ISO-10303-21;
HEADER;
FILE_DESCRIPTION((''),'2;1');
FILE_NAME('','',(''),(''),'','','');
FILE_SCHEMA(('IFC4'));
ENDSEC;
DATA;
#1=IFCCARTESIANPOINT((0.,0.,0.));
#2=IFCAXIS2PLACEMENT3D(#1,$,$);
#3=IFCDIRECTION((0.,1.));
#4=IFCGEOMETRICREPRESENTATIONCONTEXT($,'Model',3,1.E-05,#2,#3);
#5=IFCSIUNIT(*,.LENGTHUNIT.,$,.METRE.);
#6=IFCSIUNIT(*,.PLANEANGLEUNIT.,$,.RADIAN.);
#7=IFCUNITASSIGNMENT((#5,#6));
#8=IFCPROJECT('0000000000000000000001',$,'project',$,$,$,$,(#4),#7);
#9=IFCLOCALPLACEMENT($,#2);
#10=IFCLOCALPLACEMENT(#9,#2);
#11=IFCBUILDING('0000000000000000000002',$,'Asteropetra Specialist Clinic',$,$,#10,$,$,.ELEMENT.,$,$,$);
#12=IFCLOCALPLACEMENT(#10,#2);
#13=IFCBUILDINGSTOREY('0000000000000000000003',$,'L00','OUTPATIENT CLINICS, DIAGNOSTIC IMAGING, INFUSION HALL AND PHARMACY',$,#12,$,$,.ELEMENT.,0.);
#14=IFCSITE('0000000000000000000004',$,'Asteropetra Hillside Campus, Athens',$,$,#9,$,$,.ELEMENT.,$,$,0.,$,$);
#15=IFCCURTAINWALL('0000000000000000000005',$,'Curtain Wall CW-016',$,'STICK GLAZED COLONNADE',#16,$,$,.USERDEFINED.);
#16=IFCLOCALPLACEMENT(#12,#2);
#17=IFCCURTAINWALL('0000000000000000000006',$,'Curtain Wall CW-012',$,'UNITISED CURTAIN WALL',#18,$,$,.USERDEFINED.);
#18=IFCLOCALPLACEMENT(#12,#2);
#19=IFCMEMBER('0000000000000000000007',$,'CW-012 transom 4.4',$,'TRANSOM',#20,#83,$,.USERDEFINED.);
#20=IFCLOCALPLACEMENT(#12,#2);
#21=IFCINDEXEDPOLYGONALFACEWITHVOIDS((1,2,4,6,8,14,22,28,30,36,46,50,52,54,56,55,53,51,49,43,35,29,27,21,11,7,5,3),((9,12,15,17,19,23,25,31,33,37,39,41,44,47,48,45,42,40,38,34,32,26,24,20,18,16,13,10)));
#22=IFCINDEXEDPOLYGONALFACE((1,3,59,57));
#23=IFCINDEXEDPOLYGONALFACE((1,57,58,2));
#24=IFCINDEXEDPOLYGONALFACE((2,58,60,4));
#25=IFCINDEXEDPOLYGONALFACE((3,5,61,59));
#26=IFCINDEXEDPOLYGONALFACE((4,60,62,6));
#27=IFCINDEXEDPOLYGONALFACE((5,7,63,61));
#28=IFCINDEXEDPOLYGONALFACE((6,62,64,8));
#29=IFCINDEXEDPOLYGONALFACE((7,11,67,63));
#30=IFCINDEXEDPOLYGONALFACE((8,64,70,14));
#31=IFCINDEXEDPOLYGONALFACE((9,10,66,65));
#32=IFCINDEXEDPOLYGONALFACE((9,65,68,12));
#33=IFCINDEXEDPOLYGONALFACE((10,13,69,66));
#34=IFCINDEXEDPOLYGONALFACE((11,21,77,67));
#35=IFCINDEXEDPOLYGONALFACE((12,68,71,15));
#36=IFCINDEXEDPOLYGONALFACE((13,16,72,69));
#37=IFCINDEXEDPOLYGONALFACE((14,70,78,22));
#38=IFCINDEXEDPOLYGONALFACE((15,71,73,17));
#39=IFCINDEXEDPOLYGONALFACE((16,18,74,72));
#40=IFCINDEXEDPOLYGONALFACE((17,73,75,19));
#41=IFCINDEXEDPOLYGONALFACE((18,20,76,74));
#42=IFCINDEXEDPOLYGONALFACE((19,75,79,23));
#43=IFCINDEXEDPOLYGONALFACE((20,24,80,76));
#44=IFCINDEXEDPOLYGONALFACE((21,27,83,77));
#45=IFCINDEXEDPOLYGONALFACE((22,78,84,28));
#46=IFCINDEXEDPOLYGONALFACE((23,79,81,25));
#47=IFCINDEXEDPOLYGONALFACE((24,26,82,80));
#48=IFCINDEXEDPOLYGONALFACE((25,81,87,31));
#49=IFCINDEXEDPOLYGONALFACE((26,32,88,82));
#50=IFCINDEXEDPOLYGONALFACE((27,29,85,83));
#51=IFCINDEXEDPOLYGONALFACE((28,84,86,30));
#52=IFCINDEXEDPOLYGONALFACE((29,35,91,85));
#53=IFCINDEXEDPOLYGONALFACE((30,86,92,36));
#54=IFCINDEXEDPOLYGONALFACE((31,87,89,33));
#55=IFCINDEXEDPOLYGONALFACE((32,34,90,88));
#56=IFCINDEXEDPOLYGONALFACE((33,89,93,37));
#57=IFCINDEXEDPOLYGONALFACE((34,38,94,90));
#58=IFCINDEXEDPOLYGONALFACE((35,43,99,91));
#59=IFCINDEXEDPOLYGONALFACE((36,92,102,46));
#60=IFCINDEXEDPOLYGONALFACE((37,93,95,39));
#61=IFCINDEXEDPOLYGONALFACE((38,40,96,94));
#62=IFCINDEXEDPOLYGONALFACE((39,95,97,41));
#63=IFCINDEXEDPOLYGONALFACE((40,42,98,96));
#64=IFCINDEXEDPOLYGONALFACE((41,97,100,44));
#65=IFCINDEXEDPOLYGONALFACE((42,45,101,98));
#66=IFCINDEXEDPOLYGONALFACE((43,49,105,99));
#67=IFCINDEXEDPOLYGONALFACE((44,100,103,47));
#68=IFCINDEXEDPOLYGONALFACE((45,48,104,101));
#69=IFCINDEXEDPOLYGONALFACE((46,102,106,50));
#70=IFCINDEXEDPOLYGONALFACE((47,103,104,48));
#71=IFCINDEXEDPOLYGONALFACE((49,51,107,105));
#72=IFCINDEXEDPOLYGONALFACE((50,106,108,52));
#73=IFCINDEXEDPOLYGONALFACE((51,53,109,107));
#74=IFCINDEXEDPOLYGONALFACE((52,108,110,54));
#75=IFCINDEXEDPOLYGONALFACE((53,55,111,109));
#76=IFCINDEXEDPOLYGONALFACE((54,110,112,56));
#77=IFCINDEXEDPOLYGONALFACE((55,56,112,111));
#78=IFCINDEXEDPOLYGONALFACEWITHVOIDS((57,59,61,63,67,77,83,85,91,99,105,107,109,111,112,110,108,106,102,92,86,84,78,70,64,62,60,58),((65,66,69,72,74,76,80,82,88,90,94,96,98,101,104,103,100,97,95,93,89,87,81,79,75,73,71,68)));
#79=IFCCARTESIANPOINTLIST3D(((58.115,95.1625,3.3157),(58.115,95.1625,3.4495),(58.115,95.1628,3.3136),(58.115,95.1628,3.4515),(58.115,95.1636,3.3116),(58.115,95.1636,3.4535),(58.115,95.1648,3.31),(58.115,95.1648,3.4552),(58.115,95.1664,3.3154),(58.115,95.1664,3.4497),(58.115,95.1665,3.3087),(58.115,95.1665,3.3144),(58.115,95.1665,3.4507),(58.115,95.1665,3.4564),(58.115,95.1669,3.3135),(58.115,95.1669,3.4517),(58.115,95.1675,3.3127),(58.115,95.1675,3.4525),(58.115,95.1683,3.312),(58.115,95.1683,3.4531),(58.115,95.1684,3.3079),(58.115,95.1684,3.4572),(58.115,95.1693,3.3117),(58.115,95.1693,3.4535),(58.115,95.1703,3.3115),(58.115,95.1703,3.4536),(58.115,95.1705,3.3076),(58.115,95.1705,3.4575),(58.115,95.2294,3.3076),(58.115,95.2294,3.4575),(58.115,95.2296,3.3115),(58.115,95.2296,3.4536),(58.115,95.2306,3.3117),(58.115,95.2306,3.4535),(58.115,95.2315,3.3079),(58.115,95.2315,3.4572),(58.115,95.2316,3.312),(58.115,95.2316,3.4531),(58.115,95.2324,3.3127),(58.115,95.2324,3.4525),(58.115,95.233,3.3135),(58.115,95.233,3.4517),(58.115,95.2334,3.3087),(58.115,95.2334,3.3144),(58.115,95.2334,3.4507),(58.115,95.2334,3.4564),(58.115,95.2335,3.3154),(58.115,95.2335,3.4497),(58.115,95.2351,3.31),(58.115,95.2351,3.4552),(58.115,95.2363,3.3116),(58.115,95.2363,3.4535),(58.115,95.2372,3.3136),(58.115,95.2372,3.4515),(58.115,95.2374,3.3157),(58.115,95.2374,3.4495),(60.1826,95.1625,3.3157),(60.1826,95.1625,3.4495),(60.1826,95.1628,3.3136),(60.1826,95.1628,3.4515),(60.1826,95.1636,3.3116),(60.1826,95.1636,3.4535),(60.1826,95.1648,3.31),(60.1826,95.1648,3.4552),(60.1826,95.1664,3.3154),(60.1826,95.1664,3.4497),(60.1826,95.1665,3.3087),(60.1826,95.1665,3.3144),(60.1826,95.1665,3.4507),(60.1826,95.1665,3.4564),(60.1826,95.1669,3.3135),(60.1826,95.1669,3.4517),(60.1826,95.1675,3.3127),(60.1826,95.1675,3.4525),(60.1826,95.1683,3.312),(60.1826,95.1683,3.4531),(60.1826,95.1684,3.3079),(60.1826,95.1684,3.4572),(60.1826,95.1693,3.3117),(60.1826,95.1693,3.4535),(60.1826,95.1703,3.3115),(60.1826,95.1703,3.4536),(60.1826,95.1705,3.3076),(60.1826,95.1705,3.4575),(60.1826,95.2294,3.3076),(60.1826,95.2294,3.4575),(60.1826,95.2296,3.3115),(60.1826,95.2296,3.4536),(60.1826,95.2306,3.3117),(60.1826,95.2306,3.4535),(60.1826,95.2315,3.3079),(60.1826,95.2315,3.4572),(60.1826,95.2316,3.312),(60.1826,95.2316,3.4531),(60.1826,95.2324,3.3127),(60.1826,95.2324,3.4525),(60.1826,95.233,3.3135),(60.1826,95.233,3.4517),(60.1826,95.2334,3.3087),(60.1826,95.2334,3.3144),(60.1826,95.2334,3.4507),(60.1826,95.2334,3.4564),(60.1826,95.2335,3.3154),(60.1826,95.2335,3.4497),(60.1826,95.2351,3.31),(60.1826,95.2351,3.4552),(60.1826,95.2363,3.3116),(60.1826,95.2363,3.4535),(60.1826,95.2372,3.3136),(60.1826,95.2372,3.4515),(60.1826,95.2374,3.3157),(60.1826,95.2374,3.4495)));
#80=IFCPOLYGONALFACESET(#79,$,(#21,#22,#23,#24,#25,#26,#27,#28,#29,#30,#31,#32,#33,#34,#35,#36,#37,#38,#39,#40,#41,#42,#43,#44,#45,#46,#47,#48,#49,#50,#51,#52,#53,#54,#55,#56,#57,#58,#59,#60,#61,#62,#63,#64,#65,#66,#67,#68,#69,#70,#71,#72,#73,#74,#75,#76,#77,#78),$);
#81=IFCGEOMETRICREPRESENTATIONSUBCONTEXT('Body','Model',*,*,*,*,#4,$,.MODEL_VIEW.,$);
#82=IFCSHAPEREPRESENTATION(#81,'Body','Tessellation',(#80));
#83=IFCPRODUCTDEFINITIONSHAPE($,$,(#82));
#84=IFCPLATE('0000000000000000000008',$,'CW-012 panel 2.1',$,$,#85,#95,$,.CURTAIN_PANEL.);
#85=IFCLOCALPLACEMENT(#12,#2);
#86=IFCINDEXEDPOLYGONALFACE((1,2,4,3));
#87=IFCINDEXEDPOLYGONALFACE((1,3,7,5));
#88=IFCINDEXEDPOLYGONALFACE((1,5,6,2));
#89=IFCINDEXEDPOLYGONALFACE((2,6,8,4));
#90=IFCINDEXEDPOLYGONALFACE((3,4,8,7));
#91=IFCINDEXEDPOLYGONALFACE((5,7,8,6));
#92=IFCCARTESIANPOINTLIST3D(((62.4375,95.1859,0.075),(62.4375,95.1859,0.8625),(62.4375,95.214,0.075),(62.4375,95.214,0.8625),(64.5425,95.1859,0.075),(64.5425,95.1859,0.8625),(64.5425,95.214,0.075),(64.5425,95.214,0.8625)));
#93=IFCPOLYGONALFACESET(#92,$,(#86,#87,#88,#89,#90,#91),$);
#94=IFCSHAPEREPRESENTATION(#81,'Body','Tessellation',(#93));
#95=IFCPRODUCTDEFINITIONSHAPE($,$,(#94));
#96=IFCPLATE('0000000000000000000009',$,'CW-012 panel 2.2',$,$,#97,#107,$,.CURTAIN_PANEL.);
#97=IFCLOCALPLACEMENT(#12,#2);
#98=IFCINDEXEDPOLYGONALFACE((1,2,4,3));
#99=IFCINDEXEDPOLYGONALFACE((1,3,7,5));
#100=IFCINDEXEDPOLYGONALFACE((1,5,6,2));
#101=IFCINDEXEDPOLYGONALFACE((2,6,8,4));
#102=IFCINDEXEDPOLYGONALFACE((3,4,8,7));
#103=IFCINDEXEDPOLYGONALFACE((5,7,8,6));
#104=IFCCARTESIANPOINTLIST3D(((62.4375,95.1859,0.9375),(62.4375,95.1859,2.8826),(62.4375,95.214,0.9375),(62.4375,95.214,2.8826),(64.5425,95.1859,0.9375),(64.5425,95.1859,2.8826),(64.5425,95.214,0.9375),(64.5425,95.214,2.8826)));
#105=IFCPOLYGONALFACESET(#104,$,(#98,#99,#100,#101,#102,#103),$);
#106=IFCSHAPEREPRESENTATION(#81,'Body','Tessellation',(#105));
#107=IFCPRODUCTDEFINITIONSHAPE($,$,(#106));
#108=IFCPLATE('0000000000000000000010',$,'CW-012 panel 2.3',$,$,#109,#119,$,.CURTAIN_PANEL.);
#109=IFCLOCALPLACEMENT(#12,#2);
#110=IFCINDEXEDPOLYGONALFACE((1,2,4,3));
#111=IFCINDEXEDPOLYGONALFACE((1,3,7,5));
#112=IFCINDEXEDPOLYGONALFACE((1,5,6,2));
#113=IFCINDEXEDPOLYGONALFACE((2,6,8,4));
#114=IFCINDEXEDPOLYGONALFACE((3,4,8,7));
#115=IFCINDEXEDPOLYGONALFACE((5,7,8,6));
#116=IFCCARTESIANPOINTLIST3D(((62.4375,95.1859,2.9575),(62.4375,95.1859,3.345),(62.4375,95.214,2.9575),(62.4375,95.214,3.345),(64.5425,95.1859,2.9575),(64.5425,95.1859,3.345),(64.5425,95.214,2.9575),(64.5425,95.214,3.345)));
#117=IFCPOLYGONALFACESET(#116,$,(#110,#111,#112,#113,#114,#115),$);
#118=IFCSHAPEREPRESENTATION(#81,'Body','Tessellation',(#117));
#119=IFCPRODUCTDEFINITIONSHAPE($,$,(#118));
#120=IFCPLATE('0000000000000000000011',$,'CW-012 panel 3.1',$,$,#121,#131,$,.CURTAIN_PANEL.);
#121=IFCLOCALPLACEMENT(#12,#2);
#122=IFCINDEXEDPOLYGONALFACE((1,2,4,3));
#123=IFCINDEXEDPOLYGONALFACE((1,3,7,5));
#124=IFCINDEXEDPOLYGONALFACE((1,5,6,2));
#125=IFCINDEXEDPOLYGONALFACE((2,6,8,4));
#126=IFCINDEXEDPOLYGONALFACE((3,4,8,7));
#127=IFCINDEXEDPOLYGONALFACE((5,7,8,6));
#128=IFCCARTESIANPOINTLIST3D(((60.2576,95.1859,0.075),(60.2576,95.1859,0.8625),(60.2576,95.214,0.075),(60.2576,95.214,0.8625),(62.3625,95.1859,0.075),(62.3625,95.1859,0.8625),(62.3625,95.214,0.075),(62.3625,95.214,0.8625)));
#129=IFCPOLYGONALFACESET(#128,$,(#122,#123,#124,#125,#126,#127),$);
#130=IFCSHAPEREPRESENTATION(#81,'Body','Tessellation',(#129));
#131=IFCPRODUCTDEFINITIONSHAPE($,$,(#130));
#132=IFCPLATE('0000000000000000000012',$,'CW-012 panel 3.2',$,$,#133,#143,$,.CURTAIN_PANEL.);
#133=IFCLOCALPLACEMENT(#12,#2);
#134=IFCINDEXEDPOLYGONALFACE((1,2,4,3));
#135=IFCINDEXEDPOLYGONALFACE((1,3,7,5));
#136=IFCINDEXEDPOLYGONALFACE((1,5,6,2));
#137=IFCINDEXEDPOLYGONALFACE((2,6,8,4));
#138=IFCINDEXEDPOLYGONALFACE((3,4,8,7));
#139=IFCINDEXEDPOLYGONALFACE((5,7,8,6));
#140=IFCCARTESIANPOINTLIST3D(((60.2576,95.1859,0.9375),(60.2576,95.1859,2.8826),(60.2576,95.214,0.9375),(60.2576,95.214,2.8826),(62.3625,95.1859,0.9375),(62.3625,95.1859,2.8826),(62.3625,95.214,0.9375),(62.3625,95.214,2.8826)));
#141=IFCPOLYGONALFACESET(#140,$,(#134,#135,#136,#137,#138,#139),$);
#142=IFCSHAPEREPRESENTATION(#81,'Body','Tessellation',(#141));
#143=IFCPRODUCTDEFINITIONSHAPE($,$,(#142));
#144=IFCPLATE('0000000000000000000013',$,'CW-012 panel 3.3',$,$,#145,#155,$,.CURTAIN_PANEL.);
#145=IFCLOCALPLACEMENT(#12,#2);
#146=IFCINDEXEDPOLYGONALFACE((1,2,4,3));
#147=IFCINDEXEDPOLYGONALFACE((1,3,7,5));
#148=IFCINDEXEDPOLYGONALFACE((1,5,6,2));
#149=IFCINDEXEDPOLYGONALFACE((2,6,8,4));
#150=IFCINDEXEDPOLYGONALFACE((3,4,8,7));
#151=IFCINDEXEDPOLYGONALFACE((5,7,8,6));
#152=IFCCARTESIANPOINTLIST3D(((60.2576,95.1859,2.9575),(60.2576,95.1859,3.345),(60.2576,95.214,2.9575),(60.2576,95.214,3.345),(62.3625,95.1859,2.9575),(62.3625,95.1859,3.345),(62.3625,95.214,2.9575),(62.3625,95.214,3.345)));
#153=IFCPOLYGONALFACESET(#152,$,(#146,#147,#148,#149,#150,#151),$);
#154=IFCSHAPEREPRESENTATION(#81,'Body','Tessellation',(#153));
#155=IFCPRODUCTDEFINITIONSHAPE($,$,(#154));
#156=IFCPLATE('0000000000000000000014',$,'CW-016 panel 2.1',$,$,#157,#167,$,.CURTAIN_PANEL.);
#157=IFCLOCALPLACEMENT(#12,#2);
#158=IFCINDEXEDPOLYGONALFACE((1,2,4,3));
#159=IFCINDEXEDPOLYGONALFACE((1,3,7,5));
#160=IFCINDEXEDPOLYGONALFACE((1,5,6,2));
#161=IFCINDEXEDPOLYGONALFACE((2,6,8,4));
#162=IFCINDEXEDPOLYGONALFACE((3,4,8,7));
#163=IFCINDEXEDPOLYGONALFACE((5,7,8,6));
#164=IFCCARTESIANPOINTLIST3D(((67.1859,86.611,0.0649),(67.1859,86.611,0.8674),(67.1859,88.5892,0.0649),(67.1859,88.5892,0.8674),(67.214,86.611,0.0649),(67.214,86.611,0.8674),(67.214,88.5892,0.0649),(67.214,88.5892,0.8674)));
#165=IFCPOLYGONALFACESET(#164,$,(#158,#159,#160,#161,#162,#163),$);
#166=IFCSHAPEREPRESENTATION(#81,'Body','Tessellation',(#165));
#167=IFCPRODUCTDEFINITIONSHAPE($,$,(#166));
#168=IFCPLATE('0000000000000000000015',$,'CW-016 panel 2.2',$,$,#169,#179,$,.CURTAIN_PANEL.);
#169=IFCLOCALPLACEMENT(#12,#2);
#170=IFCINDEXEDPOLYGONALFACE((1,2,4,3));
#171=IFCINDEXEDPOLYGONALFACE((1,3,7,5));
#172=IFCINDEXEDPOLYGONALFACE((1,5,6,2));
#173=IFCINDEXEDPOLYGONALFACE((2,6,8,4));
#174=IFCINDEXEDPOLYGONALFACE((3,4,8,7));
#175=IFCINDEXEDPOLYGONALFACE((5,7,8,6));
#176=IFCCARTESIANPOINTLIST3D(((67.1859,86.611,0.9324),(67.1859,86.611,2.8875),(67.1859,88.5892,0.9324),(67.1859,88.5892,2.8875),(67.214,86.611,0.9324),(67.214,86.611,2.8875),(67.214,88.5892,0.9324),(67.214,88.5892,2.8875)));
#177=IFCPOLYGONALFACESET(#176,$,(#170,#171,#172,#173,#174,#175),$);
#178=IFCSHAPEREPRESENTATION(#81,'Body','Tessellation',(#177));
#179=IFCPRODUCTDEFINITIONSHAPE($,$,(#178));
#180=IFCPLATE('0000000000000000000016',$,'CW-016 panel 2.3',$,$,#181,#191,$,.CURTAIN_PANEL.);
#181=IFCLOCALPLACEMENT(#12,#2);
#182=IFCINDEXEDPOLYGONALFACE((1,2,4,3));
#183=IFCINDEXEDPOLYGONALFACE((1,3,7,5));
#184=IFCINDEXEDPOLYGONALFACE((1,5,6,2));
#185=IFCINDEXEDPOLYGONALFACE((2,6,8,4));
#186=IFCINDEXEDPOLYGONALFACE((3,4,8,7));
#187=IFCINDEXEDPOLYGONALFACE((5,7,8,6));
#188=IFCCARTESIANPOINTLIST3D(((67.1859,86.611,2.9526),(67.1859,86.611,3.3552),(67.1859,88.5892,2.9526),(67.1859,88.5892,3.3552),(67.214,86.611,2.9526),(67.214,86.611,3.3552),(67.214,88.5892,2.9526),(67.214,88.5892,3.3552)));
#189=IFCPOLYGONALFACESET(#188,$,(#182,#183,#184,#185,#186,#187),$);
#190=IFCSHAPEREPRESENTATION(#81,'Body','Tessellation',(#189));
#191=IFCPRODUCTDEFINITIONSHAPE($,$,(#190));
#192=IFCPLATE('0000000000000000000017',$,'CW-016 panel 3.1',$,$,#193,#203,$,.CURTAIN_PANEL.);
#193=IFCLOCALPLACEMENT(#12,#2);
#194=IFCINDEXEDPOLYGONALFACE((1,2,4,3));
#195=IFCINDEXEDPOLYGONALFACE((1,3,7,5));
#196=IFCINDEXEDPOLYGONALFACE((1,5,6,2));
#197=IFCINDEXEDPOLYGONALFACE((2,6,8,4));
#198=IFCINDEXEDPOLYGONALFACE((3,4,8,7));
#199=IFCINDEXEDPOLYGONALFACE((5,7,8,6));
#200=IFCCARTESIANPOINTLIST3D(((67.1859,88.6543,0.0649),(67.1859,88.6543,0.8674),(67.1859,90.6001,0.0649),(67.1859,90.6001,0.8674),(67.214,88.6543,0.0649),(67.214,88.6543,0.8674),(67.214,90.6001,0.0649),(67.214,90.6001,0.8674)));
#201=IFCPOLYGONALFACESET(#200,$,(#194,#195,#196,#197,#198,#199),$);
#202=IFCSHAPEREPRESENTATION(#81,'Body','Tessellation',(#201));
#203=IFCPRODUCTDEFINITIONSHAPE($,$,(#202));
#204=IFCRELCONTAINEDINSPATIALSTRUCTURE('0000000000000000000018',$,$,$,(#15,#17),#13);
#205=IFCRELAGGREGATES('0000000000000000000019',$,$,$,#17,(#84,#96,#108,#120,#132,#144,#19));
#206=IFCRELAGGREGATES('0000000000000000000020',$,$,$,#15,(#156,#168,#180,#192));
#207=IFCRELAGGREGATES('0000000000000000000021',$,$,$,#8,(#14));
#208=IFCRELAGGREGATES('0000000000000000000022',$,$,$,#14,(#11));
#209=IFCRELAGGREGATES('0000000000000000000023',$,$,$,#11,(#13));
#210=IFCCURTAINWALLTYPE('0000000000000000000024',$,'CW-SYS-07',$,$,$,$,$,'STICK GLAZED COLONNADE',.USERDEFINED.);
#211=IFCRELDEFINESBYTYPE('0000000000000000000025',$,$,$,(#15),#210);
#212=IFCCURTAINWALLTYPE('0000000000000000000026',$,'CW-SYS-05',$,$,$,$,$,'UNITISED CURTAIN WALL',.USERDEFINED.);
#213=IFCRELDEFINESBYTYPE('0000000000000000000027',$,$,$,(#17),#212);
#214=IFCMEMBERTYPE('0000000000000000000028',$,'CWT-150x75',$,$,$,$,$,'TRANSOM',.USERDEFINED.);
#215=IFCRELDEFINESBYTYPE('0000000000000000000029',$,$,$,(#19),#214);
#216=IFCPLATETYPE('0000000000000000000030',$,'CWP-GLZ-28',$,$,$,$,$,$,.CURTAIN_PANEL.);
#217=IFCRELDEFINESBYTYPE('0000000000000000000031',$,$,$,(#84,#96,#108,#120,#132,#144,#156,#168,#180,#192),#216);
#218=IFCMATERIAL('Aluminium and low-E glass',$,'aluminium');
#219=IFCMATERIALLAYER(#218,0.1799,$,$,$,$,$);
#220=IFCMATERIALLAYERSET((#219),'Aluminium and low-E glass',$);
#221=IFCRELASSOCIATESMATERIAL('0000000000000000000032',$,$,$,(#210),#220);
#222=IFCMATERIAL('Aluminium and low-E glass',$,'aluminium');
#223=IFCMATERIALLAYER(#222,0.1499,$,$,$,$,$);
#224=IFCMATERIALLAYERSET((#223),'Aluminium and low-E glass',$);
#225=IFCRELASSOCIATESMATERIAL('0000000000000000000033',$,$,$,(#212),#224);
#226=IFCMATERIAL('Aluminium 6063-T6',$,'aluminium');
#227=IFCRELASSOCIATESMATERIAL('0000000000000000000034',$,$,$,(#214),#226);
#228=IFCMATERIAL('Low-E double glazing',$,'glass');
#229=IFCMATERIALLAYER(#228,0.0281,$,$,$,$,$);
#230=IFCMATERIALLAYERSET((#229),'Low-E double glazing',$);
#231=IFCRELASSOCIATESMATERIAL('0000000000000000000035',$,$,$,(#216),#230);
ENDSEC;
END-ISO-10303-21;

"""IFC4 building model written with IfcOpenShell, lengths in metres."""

from ifc_helpers import new_model, si_unit, direction, frame, origin, origin_2d, place, context, subcontext, project, spatial, rectangle, hollow_rectangle, extrude, material, layer, layer_set, material_profile, profile_set, type_object, element, aggregate, save


model = new_model("IFC4")

# Units and contexts
model_context = context("Model", 3, precision=1e-05, world=origin(), true_north=direction((0.0, 1.0)))
body_context = subcontext(model_context, "Body", "Model", "MODEL_VIEW")
ifc_project = project(units=[si_unit("LENGTHUNIT", "METRE"), si_unit("PLANEANGLEUNIT", "RADIAN")], contexts=[model_context])

# Site, building, storey
site_placement = place(None, origin())
site = spatial("IfcSite", under=ifc_project, at=site_placement, Name="Asteropetra Hillside Campus, Athens", CompositionType="ELEMENT", RefElevation=0.0)
building_placement = place(site_placement, origin())
building = spatial("IfcBuilding", under=site, at=building_placement, Name="Asteropetra Specialist Clinic", CompositionType="ELEMENT")
storey_placement = place(building_placement, origin())
storey = spatial("IfcBuildingStorey", under=building, at=storey_placement, Name="L00", Description="OUTPATIENT CLINICS, DIAGNOSTIC IMAGING, INFUSION HALL AND PHARMACY", CompositionType="ELEMENT", Elevation=0.0)

# Curtain walls
ifc_material_1 = material(Name="Aluminium and low-E glass", Category="aluminium")
ifc_layer_1 = layer(ifc_material_1, 0.1799)
ifc_layer_set_1 = layer_set([ifc_layer_1], Name="Aluminium and low-E glass")
curtain_wall_type_1 = type_object("IfcCurtainWallType", Name="CW-SYS-07", ElementType="STICK GLAZED COLONNADE", PredefinedType="USERDEFINED", material=ifc_layer_set_1)
curtain_wall_1_placement = place(storey_placement, origin())
curtain_wall_1 = element("IfcCurtainWall", 1, at=curtain_wall_1_placement, inside=storey, type_object=curtain_wall_type_1, Name="Curtain Wall CW-016", ObjectType="STICK GLAZED COLONNADE", PredefinedType="USERDEFINED")
ifc_material_2 = material(Name="Aluminium and low-E glass", Category="aluminium")
ifc_layer_2 = layer(ifc_material_2, 0.1499)
ifc_layer_set_2 = layer_set([ifc_layer_2], Name="Aluminium and low-E glass")
curtain_wall_type_2 = type_object("IfcCurtainWallType", Name="CW-SYS-05", ElementType="UNITISED CURTAIN WALL", PredefinedType="USERDEFINED", material=ifc_layer_set_2)
curtain_wall_2_placement = place(storey_placement, origin())
curtain_wall_2 = element("IfcCurtainWall", 2, at=curtain_wall_2_placement, inside=storey, type_object=curtain_wall_type_2, Name="Curtain Wall CW-012", ObjectType="UNITISED CURTAIN WALL", PredefinedType="USERDEFINED")

# Member
ifc_material_3 = material(Name="Aluminium 6063-T6", Category="aluminium")
ifc_material_profile_1 = material_profile(ifc_material_3, hollow_rectangle(XDim=0.075, YDim=0.1499, WallThickness=0.0039, InnerFilletRadius=0.0039, OuterFilletRadius=0.0081, at=origin_2d()), Name="TRN 150x75x4.0")
ifc_profile_set_1 = profile_set([ifc_material_profile_1], Name="Aluminium 6063-T6")
member_type_1 = type_object("IfcMemberType", Name="CWT-150x75", ElementType="TRANSOM", PredefinedType="USERDEFINED", material=ifc_profile_set_1)
member_1_placement = place(storey_placement, frame((60.1826, 95.2, 3.3826), z_axis=(-1.0, 0.0, 0.0), x_axis=(0.0, -1.0, 0.0)))
member_1 = element("IfcMember", 3, at=member_1_placement, type_object=member_type_1, Name="CW-012 transom 4.4", ObjectType="TRANSOM", PredefinedType="USERDEFINED", context=body_context, shape_type="SweptSolid", body=[
    extrude(hollow_rectangle(XDim=0.075, YDim=0.1499, WallThickness=0.0039, InnerFilletRadius=0.0039, OuterFilletRadius=0.0081, at=origin_2d()), origin(), (0.0, 0.0, 1.0), 2.0676),
])

# Plates
ifc_material_4 = material(Name="Low-E double glazing", Category="glass")
ifc_layer_3 = layer(ifc_material_4, 0.0281)
ifc_layer_set_3 = layer_set([ifc_layer_3], Name="Low-E double glazing")
plate_type = type_object("IfcPlateType", Name="CWP-GLZ-28", PredefinedType="CURTAIN_PANEL", material=ifc_layer_set_3)
plate_1_placement = place(storey_placement, frame((63.49, 95.2, 0.075), z_axis=(0.0, 0.0, 1.0), x_axis=(-1.0, 0.0, 0.0)))
plate_1 = element("IfcPlate", 4, at=plate_1_placement, type_object=plate_type, Name="CW-012 panel 2.1", PredefinedType="CURTAIN_PANEL", context=body_context, shape_type="SweptSolid", body=[
    extrude(rectangle(XDim=2.105, YDim=0.0281, at=origin_2d()), origin(), (0.0, 0.0, 1.0), 0.7876),
])
plate_2_placement = place(storey_placement, frame((63.49, 95.2, 0.9375), z_axis=(0.0, 0.0, 1.0), x_axis=(-1.0, 0.0, 0.0)))
plate_2 = element("IfcPlate", 5, at=plate_2_placement, type_object=plate_type, Name="CW-012 panel 2.2", PredefinedType="CURTAIN_PANEL", context=body_context, shape_type="SweptSolid", body=[
    extrude(rectangle(XDim=2.105, YDim=0.0281, at=origin_2d()), origin(), (0.0, 0.0, 1.0), 1.9451),
])
plate_3_placement = place(storey_placement, frame((63.49, 95.2, 2.9575), z_axis=(0.0, 0.0, 1.0), x_axis=(-1.0, 0.0, 0.0)))
plate_3 = element("IfcPlate", 6, at=plate_3_placement, type_object=plate_type, Name="CW-012 panel 2.3", PredefinedType="CURTAIN_PANEL", context=body_context, shape_type="SweptSolid", body=[
    extrude(rectangle(XDim=2.105, YDim=0.0281, at=origin_2d()), origin(), (0.0, 0.0, 1.0), 0.3875),
])
plate_4_placement = place(storey_placement, frame((61.3101, 95.2, 0.075), z_axis=(0.0, 0.0, 1.0), x_axis=(-1.0, 0.0, 0.0)))
plate_4 = element("IfcPlate", 7, at=plate_4_placement, type_object=plate_type, Name="CW-012 panel 3.1", PredefinedType="CURTAIN_PANEL", context=body_context, shape_type="SweptSolid", body=[
    extrude(rectangle(XDim=2.105, YDim=0.0281, at=origin_2d()), origin(), (0.0, 0.0, 1.0), 0.7876),
])
plate_5_placement = place(storey_placement, frame((61.3101, 95.2, 0.9375), z_axis=(0.0, 0.0, 1.0), x_axis=(-1.0, 0.0, 0.0)))
plate_5 = element("IfcPlate", 8, at=plate_5_placement, type_object=plate_type, Name="CW-012 panel 3.2", PredefinedType="CURTAIN_PANEL", context=body_context, shape_type="SweptSolid", body=[
    extrude(rectangle(XDim=2.105, YDim=0.0281, at=origin_2d()), origin(), (0.0, 0.0, 1.0), 1.9451),
])
plate_6_placement = place(storey_placement, frame((61.3101, 95.2, 2.9575), z_axis=(0.0, 0.0, 1.0), x_axis=(-1.0, 0.0, 0.0)))
plate_6 = element("IfcPlate", 9, at=plate_6_placement, type_object=plate_type, Name="CW-012 panel 3.3", PredefinedType="CURTAIN_PANEL", context=body_context, shape_type="SweptSolid", body=[
    extrude(rectangle(XDim=2.105, YDim=0.0281, at=origin_2d()), origin(), (0.0, 0.0, 1.0), 0.3875),
])
aggregate(curtain_wall_2, [plate_1, plate_2, plate_3, plate_4, plate_5, plate_6, member_1])
plate_7_placement = place(storey_placement, frame((67.2, 87.6001, 0.0649), z_axis=(0.0, 0.0, 1.0), x_axis=(0.0, 1.0, 0.0)))
plate_7 = element("IfcPlate", 10, at=plate_7_placement, type_object=plate_type, Name="CW-016 panel 2.1", PredefinedType="CURTAIN_PANEL", context=body_context, shape_type="SweptSolid", body=[
    extrude(rectangle(XDim=1.9783, YDim=0.0281, at=origin_2d()), origin(), (0.0, 0.0, 1.0), 0.8025),
])
plate_8_placement = place(storey_placement, frame((67.2, 87.6001, 0.9324), z_axis=(0.0, 0.0, 1.0), x_axis=(0.0, 1.0, 0.0)))
plate_8 = element("IfcPlate", 11, at=plate_8_placement, type_object=plate_type, Name="CW-016 panel 2.2", PredefinedType="CURTAIN_PANEL", context=body_context, shape_type="SweptSolid", body=[
    extrude(rectangle(XDim=1.9783, YDim=0.0281, at=origin_2d()), origin(), (0.0, 0.0, 1.0), 1.9551),
])
plate_9_placement = place(storey_placement, frame((67.2, 87.6001, 2.9526), z_axis=(0.0, 0.0, 1.0), x_axis=(0.0, 1.0, 0.0)))
plate_9 = element("IfcPlate", 12, at=plate_9_placement, type_object=plate_type, Name="CW-016 panel 2.3", PredefinedType="CURTAIN_PANEL", context=body_context, shape_type="SweptSolid", body=[
    extrude(rectangle(XDim=1.9783, YDim=0.0281, at=origin_2d()), origin(), (0.0, 0.0, 1.0), 0.4026),
])
plate_10_placement = place(storey_placement, frame((67.2, 89.6272, 0.0649), z_axis=(0.0, 0.0, 1.0), x_axis=(0.0, 1.0, 0.0)))
plate_10 = element("IfcPlate", 13, at=plate_10_placement, type_object=plate_type, Name="CW-016 panel 3.1", PredefinedType="CURTAIN_PANEL", context=body_context, shape_type="SweptSolid", body=[
    extrude(rectangle(XDim=1.9458, YDim=0.0281, at=origin_2d()), origin(), (0.0, 0.0, 1.0), 0.8025),
])
aggregate(curtain_wall_1, [plate_7, plate_8, plate_9, plate_10])

save(model, "model.ifc")
